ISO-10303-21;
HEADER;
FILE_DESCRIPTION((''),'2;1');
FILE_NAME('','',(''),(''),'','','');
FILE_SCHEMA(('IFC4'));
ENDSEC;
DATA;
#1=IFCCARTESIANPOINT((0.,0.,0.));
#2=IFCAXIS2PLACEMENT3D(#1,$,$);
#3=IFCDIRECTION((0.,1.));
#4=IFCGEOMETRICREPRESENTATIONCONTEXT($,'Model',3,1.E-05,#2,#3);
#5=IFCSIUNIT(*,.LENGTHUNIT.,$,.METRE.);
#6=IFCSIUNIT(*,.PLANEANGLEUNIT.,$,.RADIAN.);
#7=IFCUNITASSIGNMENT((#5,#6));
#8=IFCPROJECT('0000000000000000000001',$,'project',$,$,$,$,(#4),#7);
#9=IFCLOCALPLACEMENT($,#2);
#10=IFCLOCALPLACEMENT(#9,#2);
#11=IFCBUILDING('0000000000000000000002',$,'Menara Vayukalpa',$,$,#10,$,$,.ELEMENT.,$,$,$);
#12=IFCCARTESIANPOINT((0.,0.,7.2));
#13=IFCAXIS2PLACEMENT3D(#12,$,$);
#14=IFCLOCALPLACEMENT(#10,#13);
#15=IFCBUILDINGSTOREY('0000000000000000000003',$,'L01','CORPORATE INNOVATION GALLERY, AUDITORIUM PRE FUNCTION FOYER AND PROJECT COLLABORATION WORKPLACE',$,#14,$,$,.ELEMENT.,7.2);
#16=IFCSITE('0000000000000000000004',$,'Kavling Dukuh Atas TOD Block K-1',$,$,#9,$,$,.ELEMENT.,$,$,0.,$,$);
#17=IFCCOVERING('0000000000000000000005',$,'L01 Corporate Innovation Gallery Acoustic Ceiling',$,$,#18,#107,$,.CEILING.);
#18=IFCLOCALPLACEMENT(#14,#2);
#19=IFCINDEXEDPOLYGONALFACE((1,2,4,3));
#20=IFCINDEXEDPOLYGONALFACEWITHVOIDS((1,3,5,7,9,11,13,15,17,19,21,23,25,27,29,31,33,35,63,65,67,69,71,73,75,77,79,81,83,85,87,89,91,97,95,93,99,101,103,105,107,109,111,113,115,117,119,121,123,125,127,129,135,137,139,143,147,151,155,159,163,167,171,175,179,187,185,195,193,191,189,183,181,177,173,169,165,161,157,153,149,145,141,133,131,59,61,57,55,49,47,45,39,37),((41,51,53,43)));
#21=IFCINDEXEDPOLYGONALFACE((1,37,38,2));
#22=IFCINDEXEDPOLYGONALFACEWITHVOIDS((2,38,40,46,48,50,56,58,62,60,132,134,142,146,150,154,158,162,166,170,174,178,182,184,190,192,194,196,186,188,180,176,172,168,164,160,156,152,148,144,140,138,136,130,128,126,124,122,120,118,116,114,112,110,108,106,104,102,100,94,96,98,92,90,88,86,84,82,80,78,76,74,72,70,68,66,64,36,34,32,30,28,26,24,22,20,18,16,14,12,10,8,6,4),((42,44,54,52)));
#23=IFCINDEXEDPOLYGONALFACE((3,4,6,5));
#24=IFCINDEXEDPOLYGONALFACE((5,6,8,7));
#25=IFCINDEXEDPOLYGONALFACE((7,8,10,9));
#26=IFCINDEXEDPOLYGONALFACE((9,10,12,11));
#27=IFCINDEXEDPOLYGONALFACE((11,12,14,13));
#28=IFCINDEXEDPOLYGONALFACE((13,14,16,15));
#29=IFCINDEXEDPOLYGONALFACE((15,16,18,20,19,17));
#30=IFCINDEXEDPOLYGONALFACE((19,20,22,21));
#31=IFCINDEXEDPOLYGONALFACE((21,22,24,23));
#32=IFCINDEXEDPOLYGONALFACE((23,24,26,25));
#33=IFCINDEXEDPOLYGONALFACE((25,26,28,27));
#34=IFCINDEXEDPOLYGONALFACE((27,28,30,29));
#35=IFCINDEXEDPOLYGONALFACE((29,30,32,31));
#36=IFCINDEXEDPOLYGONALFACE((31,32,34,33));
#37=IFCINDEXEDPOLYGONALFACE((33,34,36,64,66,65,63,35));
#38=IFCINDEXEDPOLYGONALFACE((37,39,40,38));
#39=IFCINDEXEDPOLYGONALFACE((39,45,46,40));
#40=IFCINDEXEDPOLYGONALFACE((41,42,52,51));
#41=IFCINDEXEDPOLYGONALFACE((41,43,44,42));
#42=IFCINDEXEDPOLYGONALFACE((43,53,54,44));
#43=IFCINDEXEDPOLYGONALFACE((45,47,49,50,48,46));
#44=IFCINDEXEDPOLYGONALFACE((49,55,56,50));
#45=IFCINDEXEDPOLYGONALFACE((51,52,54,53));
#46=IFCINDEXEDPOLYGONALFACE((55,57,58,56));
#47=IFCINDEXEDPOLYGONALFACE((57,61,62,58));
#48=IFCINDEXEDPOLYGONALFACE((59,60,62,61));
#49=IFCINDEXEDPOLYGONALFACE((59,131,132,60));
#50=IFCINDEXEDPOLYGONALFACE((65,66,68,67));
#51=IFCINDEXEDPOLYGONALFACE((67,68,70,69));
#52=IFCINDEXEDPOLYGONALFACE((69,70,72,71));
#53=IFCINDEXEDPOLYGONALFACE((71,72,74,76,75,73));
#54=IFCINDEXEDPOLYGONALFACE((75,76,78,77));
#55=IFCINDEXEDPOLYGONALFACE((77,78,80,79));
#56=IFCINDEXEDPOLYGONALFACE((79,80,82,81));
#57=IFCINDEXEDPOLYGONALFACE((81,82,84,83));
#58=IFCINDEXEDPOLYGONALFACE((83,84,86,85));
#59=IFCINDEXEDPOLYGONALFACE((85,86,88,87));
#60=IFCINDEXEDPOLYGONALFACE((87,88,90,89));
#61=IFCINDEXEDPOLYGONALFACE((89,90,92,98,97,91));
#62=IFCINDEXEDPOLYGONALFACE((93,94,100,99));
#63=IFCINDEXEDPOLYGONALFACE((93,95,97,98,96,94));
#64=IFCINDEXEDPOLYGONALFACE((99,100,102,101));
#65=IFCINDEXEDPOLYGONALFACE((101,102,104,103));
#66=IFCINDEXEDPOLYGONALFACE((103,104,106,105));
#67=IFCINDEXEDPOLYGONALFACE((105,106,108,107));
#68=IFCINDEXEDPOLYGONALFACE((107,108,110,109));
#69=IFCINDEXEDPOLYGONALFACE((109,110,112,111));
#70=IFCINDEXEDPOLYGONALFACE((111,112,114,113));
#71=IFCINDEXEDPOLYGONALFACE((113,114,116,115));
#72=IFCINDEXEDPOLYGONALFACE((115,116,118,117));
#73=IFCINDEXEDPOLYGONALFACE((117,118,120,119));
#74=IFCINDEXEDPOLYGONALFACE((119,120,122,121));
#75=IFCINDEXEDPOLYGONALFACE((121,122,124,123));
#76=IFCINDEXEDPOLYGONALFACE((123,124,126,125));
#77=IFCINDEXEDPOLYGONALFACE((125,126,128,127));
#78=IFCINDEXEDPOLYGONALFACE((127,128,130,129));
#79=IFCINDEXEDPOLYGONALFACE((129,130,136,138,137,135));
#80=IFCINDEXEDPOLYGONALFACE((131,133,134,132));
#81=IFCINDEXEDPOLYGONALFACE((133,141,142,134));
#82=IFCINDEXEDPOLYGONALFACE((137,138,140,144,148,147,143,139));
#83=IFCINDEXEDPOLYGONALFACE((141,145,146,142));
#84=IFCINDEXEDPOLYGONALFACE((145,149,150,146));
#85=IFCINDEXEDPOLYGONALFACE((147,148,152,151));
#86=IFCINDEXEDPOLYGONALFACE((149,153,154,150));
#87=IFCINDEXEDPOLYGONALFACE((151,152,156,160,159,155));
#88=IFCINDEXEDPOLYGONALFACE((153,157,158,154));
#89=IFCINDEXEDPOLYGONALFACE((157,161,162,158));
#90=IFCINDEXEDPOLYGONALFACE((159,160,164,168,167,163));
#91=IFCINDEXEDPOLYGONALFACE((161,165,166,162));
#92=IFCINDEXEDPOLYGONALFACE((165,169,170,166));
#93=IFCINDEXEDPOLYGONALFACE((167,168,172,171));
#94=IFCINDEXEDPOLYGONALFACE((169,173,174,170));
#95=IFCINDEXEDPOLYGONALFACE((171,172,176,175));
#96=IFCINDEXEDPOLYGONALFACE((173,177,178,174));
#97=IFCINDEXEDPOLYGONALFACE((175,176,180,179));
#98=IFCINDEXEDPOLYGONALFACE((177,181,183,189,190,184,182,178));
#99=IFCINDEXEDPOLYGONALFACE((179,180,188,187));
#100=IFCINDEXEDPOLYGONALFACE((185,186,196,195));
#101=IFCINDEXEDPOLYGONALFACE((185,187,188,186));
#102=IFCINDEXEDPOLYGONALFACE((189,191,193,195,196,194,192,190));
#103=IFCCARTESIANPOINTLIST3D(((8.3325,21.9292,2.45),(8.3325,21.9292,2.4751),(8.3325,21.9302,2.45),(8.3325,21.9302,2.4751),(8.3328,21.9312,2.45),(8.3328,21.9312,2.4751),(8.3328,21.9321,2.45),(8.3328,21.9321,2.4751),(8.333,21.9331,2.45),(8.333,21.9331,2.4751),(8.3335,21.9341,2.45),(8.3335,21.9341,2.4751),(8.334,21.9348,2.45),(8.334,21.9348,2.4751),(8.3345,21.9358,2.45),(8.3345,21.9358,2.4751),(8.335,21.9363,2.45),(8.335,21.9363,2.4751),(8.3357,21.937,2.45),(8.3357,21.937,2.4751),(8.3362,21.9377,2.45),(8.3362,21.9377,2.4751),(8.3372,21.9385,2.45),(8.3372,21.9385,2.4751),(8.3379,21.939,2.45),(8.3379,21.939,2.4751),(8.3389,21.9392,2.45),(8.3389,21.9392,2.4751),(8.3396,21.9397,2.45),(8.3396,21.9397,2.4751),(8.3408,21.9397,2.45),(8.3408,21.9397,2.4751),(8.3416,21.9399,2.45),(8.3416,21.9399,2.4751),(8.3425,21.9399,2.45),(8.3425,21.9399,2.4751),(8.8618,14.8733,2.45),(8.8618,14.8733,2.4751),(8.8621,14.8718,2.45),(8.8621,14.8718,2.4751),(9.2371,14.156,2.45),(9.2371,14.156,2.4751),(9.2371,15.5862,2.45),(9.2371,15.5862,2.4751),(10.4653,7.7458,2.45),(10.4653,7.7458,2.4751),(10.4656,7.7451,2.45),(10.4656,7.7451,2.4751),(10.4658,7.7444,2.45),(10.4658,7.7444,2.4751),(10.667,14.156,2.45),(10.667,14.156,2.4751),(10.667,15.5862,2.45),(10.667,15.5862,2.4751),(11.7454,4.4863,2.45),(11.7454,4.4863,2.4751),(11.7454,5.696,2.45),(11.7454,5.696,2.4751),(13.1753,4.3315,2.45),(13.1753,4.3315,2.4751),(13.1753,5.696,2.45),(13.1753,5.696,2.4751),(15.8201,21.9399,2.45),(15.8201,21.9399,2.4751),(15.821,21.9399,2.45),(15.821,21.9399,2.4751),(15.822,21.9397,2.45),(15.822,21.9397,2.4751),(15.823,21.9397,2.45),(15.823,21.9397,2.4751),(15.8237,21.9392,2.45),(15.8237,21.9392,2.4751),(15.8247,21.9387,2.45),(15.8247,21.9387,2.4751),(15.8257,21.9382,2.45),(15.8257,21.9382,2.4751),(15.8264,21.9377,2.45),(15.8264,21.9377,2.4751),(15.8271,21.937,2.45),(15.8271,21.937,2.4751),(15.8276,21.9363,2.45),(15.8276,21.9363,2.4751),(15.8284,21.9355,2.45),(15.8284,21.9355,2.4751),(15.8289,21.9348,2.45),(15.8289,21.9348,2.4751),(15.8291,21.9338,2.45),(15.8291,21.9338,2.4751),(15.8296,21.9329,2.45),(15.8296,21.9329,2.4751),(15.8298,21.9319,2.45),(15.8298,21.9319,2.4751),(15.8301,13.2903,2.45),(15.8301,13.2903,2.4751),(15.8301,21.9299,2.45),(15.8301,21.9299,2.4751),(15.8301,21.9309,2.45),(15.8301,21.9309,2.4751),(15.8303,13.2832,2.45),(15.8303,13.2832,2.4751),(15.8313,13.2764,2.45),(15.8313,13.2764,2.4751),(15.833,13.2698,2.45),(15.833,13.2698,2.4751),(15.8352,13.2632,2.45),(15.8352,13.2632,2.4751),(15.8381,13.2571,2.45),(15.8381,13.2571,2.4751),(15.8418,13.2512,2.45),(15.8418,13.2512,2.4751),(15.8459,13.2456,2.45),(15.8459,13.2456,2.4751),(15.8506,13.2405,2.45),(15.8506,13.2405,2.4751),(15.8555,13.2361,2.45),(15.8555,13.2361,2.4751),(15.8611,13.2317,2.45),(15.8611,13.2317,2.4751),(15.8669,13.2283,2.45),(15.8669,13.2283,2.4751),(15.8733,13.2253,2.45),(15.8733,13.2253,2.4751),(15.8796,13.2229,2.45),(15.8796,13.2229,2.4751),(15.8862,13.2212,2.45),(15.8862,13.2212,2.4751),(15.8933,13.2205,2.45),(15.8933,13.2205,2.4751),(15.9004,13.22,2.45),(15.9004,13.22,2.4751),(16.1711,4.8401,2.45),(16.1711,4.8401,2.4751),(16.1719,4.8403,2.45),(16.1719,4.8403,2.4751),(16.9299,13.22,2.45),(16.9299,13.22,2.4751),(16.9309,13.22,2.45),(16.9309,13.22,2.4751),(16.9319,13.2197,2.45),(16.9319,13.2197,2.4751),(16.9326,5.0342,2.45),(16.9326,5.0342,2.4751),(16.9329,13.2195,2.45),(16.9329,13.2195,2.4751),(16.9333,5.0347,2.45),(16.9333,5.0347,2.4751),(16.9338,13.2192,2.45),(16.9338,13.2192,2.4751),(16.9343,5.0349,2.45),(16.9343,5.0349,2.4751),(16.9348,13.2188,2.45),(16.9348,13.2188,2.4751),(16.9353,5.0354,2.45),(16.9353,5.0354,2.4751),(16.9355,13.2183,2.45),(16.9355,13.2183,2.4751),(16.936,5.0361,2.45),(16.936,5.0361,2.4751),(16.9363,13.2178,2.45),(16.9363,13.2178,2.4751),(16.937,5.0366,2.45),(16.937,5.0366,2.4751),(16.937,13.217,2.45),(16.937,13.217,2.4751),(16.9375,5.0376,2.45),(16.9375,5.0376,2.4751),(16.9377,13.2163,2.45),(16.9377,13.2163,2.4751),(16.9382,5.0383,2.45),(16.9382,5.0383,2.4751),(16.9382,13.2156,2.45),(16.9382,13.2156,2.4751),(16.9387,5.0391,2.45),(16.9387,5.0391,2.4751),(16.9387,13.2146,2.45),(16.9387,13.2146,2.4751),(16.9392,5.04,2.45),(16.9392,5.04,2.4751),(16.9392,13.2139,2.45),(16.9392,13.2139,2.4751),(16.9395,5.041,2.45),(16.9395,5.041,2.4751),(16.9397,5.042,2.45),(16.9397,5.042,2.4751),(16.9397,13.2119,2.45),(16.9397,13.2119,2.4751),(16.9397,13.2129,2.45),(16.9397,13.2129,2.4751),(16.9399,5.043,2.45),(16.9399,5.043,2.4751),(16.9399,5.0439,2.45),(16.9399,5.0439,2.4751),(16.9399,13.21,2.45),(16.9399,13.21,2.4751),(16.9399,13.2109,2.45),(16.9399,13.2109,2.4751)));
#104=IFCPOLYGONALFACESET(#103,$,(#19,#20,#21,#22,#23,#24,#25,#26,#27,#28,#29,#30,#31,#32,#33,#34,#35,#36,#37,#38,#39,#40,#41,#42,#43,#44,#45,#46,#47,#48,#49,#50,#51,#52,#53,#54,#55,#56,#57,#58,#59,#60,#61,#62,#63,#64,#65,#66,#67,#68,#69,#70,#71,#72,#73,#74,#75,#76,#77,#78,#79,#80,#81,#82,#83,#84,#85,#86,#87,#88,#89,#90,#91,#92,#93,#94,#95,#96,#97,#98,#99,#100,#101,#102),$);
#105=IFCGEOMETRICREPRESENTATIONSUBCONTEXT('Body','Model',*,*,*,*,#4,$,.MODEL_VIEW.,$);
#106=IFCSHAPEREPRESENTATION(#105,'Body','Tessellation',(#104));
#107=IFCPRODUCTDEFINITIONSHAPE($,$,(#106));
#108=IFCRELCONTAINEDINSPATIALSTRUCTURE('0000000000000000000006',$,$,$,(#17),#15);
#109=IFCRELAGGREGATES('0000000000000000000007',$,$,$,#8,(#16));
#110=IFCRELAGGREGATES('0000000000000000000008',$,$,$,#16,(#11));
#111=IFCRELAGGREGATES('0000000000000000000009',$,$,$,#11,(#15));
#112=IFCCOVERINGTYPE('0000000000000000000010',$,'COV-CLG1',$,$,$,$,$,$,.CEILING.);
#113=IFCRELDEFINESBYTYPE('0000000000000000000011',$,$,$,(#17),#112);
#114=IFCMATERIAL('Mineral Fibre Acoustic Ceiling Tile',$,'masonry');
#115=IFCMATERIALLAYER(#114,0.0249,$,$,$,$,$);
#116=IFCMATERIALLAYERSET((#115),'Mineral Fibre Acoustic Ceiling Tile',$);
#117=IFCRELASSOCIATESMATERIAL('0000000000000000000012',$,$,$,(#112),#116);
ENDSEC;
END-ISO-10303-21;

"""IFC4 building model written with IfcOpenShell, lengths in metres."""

from ifc_helpers import new_model, si_unit, direction, frame, origin, place, context, subcontext, project, spatial, polyline, outline, extrude, material, layer, layer_set, type_object, element, save


model = new_model("IFC4")

# Units and contexts
model_context = context("Model", 3, precision=1e-05, world=origin(), true_north=direction((0.0, 1.0)))
body_context = subcontext(model_context, "Body", "Model", "MODEL_VIEW")
ifc_project = project(units=[si_unit("LENGTHUNIT", "METRE"), si_unit("PLANEANGLEUNIT", "RADIAN")], contexts=[model_context])

# Site, building, storey
site_placement = place(None, origin())
site = spatial("IfcSite", under=ifc_project, at=site_placement, Name="Kavling Dukuh Atas TOD Block K-1", CompositionType="ELEMENT", RefElevation=0.0)
building_placement = place(site_placement, origin())
building = spatial("IfcBuilding", under=site, at=building_placement, Name="Menara Vayukalpa", CompositionType="ELEMENT")
storey_placement = place(building_placement, frame((0.0, 0.0, 7.2)))
storey = spatial("IfcBuildingStorey", under=building, at=storey_placement, Name="L01", Description="CORPORATE INNOVATION GALLERY, AUDITORIUM PRE FUNCTION FOYER AND PROJECT COLLABORATION WORKPLACE", CompositionType="ELEMENT", Elevation=7.2)

# Covering
ifc_material_1 = material(Name="Mineral Fibre Acoustic Ceiling Tile", Category="masonry")
ifc_layer_1 = layer(ifc_material_1, 0.0249)
ifc_layer_set_1 = layer_set([ifc_layer_1], Name="Mineral Fibre Acoustic Ceiling Tile")
covering_type_1 = type_object("IfcCoveringType", Name="COV-CLG1", PredefinedType="CEILING", material=ifc_layer_set_1)
covering_1_placement = place(storey_placement, frame((0.0, 0.0, 2.45)))
element("IfcCovering", 1, at=covering_1_placement, inside=storey, type_object=covering_type_1, Name="L01 Corporate Innovation Gallery Acoustic Ceiling", PredefinedType="CEILING", context=body_context, shape_type="SweptSolid", body=[
    extrude(outline(polyline([(10.4658, 7.7444), (10.4656, 7.7451), (10.4653, 7.7458), (8.8621, 14.8718), (8.8618, 14.8733), (8.3325, 21.9292), (8.3325, 21.9302), (8.3328, 21.9312), (8.3328, 21.9321), (8.333, 21.9331), (8.3335, 21.9341), (8.334, 21.9348), (8.3345, 21.9358), (8.335, 21.9363), (8.3357, 21.937), (8.3362, 21.9377), (8.3372, 21.9385), (8.3379, 21.939), (8.3389, 21.9392), (8.3396, 21.9397), (8.3408, 21.9397), (8.3416, 21.9399), (8.3425, 21.9399), (15.8201, 21.9399), (15.821, 21.9399), (15.822, 21.9397), (15.823, 21.9397), (15.8237, 21.9392), (15.8247, 21.9387), (15.8257, 21.9382), (15.8264, 21.9377), (15.8271, 21.937), (15.8276, 21.9363), (15.8284, 21.9355), (15.8289, 21.9348), (15.8291, 21.9338), (15.8296, 21.9329), (15.8298, 21.9319), (15.8301, 21.9309), (15.8301, 21.9299), (15.8301, 13.2903), (15.8303, 13.2832), (15.8313, 13.2764), (15.833, 13.2698), (15.8352, 13.2632), (15.8381, 13.2571), (15.8418, 13.2512), (15.8459, 13.2456), (15.8506, 13.2405), (15.8555, 13.2361), (15.8611, 13.2317), (15.8669, 13.2283), (15.8733, 13.2253), (15.8796, 13.2229), (15.8862, 13.2212), (15.8933, 13.2205), (15.9004, 13.22), (16.9299, 13.22), (16.9309, 13.22), (16.9319, 13.2197), (16.9329, 13.2195), (16.9338, 13.2192), (16.9348, 13.2188), (16.9355, 13.2183), (16.9363, 13.2178), (16.937, 13.217), (16.9377, 13.2163), (16.9382, 13.2156), (16.9387, 13.2146), (16.9392, 13.2139), (16.9397, 13.2129), (16.9397, 13.2119), (16.9399, 13.2109), (16.9399, 13.21), (16.9399, 5.0439), (16.9399, 5.043), (16.9397, 5.042), (16.9395, 5.041), (16.9392, 5.04), (16.9387, 5.0391), (16.9382, 5.0383), (16.9375, 5.0376), (16.937, 5.0366), (16.936, 5.0361), (16.9353, 5.0354), (16.9343, 5.0349), (16.9333, 5.0347), (16.9326, 5.0342), (16.1719, 4.8403), (16.1711, 4.8401), (13.1753, 4.3315), (13.1753, 5.696), (11.7454, 5.696), (11.7454, 4.4863), (10.4658, 7.7444)]), holes=[polyline([(10.667, 15.5862), (9.2371, 15.5862), (9.2371, 14.156), (10.667, 14.156), (10.667, 15.5862)])]), origin(), (0.0, 0.0, 1.0), 0.0251),
])

save(model, "model.ifc")
